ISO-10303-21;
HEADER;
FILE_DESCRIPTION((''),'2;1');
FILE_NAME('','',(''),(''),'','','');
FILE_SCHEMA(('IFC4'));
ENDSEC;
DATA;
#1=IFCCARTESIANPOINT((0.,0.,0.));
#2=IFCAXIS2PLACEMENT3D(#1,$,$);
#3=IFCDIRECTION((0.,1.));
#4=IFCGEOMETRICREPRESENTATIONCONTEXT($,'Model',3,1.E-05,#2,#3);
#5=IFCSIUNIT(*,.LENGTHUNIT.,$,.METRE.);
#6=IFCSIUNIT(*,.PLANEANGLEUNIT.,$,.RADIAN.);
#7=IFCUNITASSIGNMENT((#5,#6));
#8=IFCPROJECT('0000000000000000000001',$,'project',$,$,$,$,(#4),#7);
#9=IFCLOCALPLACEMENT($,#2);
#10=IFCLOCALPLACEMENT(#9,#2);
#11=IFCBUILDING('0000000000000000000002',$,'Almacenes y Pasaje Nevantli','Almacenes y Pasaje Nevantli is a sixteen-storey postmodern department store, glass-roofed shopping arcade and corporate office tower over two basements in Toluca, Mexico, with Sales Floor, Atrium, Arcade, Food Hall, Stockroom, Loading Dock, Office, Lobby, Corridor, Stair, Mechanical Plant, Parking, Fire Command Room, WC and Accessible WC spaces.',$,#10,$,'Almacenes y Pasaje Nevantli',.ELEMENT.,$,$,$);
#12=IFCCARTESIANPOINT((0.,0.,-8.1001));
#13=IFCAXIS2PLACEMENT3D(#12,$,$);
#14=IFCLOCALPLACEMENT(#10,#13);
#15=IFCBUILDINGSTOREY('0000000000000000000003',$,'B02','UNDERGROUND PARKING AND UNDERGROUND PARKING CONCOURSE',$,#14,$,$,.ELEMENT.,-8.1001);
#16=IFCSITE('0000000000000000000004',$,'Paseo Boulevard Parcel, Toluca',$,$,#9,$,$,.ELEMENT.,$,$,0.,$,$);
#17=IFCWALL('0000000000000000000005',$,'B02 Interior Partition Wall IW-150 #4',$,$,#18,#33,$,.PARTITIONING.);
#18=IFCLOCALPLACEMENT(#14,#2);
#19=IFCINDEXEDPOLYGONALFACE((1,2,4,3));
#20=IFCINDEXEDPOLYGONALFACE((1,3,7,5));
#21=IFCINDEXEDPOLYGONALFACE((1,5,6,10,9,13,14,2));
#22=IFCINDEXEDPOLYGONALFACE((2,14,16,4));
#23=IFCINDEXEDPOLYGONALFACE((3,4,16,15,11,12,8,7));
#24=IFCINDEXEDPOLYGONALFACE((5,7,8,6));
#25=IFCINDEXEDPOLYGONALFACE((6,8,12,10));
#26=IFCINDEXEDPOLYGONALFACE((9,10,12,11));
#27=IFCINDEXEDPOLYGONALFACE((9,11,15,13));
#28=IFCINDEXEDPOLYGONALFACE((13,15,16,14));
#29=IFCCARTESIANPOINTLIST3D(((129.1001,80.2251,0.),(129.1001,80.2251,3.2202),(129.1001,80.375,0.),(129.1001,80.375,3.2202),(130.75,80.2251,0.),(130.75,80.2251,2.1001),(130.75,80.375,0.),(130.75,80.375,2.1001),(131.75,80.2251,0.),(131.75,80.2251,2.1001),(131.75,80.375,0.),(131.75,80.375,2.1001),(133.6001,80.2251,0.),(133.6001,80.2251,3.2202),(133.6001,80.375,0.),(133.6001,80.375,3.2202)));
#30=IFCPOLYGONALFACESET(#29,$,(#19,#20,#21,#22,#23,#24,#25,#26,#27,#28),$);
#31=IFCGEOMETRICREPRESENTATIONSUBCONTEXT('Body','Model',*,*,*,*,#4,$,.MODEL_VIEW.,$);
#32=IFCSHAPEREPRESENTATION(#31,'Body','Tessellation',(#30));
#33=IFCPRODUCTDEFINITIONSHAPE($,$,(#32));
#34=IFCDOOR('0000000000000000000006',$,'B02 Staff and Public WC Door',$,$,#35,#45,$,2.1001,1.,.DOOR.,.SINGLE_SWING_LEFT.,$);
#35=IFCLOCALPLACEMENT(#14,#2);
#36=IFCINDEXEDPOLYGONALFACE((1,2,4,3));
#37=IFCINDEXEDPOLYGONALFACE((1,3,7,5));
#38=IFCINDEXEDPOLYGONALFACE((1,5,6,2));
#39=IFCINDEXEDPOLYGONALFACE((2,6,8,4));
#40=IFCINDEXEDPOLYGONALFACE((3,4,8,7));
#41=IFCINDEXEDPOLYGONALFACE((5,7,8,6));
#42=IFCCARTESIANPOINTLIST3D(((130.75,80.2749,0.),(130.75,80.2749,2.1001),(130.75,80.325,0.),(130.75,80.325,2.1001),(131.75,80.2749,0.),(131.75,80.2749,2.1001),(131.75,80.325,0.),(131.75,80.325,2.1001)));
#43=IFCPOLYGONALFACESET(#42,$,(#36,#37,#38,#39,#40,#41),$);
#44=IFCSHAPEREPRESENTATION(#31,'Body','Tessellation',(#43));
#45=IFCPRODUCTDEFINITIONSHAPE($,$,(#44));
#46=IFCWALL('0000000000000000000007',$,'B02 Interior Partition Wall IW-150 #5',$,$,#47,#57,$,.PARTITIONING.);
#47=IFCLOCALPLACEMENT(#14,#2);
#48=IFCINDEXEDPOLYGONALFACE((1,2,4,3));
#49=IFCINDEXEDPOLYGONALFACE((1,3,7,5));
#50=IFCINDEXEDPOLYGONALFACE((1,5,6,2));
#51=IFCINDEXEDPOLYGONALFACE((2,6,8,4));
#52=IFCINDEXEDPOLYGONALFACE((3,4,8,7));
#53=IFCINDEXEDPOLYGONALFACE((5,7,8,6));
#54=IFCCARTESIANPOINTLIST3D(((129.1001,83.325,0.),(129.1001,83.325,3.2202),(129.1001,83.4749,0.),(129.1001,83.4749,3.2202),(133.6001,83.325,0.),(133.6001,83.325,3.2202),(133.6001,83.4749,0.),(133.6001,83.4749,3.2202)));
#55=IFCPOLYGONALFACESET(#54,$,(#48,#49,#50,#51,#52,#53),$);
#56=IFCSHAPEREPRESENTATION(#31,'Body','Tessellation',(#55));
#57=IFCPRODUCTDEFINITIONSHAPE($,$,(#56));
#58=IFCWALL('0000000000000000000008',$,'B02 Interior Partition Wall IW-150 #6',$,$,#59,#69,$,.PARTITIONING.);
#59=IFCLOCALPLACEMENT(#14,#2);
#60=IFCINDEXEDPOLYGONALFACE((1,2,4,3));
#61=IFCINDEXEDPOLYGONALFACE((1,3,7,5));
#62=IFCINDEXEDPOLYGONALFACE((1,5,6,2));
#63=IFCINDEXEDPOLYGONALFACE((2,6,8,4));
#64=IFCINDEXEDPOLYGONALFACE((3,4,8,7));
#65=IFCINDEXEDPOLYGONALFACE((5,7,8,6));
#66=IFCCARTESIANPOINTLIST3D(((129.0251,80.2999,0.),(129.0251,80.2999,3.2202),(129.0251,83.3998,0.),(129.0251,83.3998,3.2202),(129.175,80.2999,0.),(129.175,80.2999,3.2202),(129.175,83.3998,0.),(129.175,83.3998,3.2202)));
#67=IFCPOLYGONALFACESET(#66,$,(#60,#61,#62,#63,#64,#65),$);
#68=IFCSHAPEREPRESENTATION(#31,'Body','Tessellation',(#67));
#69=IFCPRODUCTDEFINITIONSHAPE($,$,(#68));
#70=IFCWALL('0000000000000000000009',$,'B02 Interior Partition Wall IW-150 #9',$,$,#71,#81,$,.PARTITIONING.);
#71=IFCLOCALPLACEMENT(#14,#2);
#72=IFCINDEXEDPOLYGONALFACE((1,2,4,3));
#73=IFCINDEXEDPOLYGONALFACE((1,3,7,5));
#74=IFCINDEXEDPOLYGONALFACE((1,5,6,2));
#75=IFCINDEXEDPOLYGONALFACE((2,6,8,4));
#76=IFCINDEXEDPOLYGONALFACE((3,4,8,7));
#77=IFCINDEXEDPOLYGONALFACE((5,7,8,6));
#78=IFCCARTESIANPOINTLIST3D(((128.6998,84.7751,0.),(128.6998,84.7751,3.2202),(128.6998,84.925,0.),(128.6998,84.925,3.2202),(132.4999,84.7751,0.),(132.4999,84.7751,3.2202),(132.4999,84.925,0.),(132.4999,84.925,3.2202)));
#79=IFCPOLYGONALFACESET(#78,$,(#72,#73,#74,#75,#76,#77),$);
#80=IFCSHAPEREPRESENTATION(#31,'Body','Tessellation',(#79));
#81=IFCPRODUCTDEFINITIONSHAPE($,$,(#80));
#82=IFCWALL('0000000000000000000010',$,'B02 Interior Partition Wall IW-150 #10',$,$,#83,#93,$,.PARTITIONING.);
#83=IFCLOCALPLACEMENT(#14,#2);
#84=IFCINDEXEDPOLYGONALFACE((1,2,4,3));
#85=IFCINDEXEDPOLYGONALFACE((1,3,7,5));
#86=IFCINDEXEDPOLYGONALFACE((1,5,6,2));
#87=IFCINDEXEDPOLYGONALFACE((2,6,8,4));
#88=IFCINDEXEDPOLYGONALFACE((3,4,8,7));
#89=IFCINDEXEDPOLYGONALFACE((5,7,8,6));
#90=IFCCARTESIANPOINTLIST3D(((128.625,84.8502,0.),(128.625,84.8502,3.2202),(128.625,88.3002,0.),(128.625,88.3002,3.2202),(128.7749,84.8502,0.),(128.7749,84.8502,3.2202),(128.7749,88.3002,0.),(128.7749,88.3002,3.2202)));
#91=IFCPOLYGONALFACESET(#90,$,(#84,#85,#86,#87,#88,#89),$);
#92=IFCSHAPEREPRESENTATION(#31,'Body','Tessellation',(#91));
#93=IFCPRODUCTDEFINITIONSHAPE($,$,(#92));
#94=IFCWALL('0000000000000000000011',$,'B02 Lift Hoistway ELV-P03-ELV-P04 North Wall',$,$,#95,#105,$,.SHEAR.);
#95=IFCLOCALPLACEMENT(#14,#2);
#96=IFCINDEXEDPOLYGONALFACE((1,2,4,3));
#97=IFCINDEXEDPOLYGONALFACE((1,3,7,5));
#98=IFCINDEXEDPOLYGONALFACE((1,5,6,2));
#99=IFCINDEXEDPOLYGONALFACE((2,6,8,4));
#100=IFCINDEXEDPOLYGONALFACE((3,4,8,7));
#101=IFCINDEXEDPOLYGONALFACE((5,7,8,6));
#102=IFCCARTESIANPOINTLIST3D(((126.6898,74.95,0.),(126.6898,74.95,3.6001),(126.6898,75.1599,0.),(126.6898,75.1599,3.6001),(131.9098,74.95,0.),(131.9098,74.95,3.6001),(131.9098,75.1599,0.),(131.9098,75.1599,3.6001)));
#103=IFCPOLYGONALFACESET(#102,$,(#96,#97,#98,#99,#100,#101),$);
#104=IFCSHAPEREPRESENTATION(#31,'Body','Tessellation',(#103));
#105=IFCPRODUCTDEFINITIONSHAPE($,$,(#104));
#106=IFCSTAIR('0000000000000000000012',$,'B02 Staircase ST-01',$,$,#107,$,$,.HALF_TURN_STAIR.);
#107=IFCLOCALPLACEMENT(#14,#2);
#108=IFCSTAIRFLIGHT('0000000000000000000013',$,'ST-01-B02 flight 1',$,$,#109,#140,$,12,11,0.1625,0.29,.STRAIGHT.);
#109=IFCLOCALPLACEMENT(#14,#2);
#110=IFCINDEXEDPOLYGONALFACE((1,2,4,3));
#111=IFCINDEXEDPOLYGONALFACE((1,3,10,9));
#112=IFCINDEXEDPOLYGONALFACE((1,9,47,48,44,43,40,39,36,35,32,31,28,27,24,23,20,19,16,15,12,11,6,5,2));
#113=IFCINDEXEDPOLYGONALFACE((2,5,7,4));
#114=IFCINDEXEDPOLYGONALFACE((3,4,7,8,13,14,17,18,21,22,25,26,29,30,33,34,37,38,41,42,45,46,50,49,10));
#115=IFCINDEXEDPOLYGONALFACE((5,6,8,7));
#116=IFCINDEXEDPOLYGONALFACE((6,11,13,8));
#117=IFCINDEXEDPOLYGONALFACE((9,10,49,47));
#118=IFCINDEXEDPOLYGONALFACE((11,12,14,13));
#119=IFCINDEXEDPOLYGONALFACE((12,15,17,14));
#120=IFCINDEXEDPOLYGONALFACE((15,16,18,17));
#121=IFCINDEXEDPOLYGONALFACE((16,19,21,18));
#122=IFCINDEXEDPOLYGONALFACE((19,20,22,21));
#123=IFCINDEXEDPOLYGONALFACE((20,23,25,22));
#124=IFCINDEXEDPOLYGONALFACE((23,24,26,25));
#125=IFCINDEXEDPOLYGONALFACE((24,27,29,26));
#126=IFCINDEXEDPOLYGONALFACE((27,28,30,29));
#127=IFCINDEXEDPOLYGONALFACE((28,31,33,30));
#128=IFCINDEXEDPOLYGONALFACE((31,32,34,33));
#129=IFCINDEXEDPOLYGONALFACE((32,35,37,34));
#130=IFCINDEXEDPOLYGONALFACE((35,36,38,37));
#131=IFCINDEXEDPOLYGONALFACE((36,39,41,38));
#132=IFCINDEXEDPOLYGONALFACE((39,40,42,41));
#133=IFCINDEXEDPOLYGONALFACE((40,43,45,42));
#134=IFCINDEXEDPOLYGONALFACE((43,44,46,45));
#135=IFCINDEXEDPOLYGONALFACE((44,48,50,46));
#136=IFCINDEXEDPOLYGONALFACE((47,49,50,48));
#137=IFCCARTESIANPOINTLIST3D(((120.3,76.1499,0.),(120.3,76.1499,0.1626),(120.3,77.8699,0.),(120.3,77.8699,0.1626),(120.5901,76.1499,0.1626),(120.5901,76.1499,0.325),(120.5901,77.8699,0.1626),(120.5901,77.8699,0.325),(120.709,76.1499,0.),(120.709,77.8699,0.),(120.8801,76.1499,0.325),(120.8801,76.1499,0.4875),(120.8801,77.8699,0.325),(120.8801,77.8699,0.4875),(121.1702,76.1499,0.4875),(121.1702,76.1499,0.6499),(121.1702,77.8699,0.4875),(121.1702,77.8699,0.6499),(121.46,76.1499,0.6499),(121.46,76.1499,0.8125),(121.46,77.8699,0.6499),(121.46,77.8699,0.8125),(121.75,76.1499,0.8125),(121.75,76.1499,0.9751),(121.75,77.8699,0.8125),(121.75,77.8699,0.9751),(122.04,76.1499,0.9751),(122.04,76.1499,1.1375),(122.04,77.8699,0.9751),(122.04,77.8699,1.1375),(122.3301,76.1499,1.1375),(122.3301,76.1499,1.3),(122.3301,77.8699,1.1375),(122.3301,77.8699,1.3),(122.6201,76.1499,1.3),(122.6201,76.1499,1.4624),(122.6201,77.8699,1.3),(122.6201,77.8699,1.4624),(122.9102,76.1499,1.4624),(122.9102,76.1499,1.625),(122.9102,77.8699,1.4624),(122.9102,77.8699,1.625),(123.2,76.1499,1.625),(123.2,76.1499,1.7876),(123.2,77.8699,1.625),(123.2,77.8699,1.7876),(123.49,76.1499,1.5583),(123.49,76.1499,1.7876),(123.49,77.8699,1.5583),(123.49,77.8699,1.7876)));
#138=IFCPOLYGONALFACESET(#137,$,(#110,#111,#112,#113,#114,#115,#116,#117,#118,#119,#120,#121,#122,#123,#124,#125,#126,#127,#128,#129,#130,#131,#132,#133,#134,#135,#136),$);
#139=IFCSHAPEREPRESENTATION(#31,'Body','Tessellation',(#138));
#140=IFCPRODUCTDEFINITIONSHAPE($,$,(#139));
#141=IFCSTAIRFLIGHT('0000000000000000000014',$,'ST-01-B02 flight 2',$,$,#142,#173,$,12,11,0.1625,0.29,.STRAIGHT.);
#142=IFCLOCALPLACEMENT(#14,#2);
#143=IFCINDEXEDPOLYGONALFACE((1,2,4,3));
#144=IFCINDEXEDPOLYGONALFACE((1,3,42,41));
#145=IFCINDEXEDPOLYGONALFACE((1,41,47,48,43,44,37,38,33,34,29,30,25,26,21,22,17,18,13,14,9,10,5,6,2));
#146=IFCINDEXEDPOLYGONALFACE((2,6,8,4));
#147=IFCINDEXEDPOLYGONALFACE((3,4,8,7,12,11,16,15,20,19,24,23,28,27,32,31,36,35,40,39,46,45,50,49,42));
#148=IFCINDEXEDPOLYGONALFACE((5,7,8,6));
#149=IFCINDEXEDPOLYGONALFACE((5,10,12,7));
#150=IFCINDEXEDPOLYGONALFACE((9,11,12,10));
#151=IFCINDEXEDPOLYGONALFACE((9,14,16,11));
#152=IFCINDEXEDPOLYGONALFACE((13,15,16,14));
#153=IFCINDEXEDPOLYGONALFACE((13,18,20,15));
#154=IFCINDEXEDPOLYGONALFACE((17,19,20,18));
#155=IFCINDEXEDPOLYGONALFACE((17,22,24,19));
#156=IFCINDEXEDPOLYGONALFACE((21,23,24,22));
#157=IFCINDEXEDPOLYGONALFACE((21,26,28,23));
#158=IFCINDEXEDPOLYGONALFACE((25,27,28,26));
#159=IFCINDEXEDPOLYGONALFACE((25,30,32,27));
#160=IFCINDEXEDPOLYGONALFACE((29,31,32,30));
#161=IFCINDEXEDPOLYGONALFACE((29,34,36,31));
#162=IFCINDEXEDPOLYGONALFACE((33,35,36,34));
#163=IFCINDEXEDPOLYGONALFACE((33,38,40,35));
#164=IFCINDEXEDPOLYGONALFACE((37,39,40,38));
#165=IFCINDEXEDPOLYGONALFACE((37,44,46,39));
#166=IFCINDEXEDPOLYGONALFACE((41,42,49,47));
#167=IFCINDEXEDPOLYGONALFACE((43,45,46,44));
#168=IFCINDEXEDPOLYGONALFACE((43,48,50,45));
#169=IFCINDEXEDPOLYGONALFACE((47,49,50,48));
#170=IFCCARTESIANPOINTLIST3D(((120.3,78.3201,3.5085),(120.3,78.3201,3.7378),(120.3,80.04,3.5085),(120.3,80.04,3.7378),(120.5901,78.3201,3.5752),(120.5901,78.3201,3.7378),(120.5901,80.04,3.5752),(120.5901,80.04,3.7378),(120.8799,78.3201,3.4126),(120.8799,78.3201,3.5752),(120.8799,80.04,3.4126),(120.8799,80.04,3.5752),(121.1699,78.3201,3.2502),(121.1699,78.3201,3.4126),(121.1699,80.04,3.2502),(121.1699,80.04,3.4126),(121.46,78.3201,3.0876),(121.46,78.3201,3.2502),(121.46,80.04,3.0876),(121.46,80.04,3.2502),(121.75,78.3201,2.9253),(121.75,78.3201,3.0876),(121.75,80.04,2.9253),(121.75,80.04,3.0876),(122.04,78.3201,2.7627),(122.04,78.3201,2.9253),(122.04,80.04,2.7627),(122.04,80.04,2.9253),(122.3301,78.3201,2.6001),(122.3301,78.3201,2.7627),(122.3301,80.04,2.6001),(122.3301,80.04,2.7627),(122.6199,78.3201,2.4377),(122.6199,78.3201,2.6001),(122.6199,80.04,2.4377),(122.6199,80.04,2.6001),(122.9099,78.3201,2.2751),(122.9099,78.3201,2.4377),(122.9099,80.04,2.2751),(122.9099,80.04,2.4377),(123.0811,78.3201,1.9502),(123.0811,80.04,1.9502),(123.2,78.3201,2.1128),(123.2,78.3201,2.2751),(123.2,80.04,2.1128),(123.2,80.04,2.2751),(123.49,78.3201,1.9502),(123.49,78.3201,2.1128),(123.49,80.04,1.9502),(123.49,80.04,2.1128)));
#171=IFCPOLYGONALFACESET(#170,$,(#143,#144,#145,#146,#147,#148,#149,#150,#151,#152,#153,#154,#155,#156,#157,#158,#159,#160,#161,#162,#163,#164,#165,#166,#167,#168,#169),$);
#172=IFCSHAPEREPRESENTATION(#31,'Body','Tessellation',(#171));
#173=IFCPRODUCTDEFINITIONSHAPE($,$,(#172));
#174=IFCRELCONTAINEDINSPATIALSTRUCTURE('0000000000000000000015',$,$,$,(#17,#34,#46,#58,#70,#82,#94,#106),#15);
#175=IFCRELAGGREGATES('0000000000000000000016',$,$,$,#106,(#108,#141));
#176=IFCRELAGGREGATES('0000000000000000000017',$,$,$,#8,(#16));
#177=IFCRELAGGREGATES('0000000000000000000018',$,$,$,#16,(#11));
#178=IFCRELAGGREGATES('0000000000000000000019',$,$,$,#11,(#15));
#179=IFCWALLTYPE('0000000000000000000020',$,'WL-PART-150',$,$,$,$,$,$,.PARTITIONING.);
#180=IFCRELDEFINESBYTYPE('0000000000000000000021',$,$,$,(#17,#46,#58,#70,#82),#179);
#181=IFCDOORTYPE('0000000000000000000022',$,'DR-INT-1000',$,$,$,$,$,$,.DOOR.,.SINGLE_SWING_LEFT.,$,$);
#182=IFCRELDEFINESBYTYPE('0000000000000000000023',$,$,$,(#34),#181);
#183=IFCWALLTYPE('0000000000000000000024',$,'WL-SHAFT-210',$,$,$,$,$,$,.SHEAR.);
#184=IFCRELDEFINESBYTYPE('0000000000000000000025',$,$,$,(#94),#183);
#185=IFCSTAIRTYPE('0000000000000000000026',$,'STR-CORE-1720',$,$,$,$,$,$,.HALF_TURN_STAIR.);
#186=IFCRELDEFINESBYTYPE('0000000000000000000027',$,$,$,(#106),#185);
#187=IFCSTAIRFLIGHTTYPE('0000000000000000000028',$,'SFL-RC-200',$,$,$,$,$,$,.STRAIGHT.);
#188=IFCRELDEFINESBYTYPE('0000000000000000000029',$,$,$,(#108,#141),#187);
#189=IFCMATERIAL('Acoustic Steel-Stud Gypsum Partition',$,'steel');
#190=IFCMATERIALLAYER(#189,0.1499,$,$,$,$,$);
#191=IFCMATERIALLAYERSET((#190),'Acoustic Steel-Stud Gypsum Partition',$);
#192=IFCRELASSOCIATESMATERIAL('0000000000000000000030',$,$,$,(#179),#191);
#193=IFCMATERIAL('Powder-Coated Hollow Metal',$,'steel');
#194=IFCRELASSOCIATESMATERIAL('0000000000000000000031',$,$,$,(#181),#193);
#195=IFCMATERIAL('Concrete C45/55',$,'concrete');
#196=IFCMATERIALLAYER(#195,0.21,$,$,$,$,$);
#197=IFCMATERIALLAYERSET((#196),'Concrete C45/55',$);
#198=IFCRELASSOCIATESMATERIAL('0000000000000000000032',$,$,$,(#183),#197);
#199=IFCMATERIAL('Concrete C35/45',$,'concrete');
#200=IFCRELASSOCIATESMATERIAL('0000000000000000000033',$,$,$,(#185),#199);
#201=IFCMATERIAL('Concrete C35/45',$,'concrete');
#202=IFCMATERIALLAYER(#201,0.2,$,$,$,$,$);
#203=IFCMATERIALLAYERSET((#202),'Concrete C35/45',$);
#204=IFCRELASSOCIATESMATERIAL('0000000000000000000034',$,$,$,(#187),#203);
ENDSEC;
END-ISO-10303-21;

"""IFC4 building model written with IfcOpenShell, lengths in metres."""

from ifc_helpers import new_model, si_unit, direction, frame, frame_2d, origin, place, context, subcontext, project, spatial, polyline, rectangle, outline, extrude, material, layer, layer_set, type_object, element, fill, aggregate, save


model = new_model("IFC4")

# Units and contexts
model_context = context("Model", 3, precision=1e-05, world=origin(), true_north=direction((0.0, 1.0)))
body_context = subcontext(model_context, "Body", "Model", "MODEL_VIEW")
ifc_project = project(units=[si_unit("LENGTHUNIT", "METRE"), si_unit("PLANEANGLEUNIT", "RADIAN")], contexts=[model_context])

# Site, building, storey
site_placement = place(None, origin())
site = spatial("IfcSite", under=ifc_project, at=site_placement, Name="Paseo Boulevard Parcel, Toluca", CompositionType="ELEMENT", RefElevation=0.0)
building_placement = place(site_placement, origin())
building = spatial("IfcBuilding", under=site, at=building_placement, Name="Almacenes y Pasaje Nevantli", Description="Almacenes y Pasaje Nevantli is a sixteen-storey postmodern department store, glass-roofed shopping arcade and corporate office tower over two basements in Toluca, Mexico, with Sales Floor, Atrium, Arcade, Food Hall, Stockroom, Loading Dock, Office, Lobby, Corridor, Stair, Mechanical Plant, Parking, Fire Command Room, WC and Accessible WC spaces.", LongName="Almacenes y Pasaje Nevantli", CompositionType="ELEMENT")
storey_placement = place(building_placement, frame((0.0, 0.0, -8.1001)))
storey = spatial("IfcBuildingStorey", under=building, at=storey_placement, Name="B02", Description="UNDERGROUND PARKING AND UNDERGROUND PARKING CONCOURSE", CompositionType="ELEMENT", Elevation=-8.1001)

# Wall, opening, door
ifc_material_1 = material(Name="Acoustic Steel-Stud Gypsum Partition", Category="steel")
ifc_layer_1 = layer(ifc_material_1, 0.1499)
ifc_layer_set_1 = layer_set([ifc_layer_1], Name="Acoustic Steel-Stud Gypsum Partition")
wall_type_1 = type_object("IfcWallType", Name="WL-PART-150", PredefinedType="PARTITIONING", material=ifc_layer_set_1)
wall_1_placement = place(storey_placement, frame((129.1001, 80.3, 0.0), z_axis=(0.0, 0.0, 1.0), x_axis=(1.0, 0.0, 0.0)))
wall_1 = element("IfcWall", 1, at=wall_1_placement, inside=storey, type_object=wall_type_1, Name="B02 Interior Partition Wall IW-150 #4", PredefinedType="PARTITIONING", context=body_context, shape_type="SweptSolid", body=[
    extrude(rectangle(XDim=4.5, YDim=0.1499, at=frame_2d((2.25, 0.0))), origin(), (0.0, 0.0, 1.0), 3.2202),
])
opening_1_placement = place(wall_1_placement, frame((1.6499, 0.0, 0.0)))
opening_1 = element("IfcOpeningElement", 2, at=opening_1_placement, cuts=wall_1, PredefinedType="OPENING", context=body_context, shape_type="SweptSolid", body=[
    extrude(rectangle(XDim=1.0, YDim=2.1001, at=frame_2d((0.5, 1.05))), frame((0.0, 0.085, 0.0), z_axis=(0.0, -1.0, 0.0), x_axis=(1.0, 0.0, 0.0)), (0.0, 0.0, 1.0), 0.1699),
])
ifc_material_2 = material(Name="Powder-Coated Hollow Metal", Category="steel")
door_type_1 = type_object("IfcDoorType", Name="DR-INT-1000", OperationType="SINGLE_SWING_LEFT", PredefinedType="DOOR", material=ifc_material_2)
door_1_placement = place(opening_1_placement, origin())
door_1 = element("IfcDoor", 3, at=door_1_placement, inside=storey, type_object=door_type_1, Name="B02 Staff and Public WC Door", OperationType="SINGLE_SWING_LEFT", OverallHeight=2.1001, OverallWidth=1.0, PredefinedType="DOOR", context=body_context, shape_type="SweptSolid", body=[
    extrude(rectangle(XDim=1.0, YDim=2.1001, at=frame_2d((0.5, 1.05))), frame((0.0, 0.0249, 0.0), z_axis=(0.0, -1.0, 0.0), x_axis=(1.0, 0.0, 0.0)), (0.0, 0.0, 1.0), 0.05),
])
fill(opening_1, door_1)

# Walls
wall_2_placement = place(storey_placement, frame((129.1001, 83.3999, 0.0), z_axis=(0.0, 0.0, 1.0), x_axis=(1.0, 0.0, 0.0)))
element("IfcWall", 4, at=wall_2_placement, inside=storey, type_object=wall_type_1, Name="B02 Interior Partition Wall IW-150 #5", PredefinedType="PARTITIONING", context=body_context, shape_type="SweptSolid", body=[
    extrude(rectangle(XDim=4.5, YDim=0.1499, at=frame_2d((2.25, 0.0))), origin(), (0.0, 0.0, 1.0), 3.2202),
])
wall_3_placement = place(storey_placement, frame((129.1001, 80.3, 0.0), z_axis=(0.0, 0.0, 1.0), x_axis=(0.0, 1.0, 0.0)))
element("IfcWall", 5, at=wall_3_placement, inside=storey, type_object=wall_type_1, Name="B02 Interior Partition Wall IW-150 #6", PredefinedType="PARTITIONING", context=body_context, shape_type="SweptSolid", body=[
    extrude(rectangle(XDim=3.0999, YDim=0.1499, at=frame_2d((1.5498, 0.0))), origin(), (0.0, 0.0, 1.0), 3.2202),
])

# Walls
wall_4_placement = place(storey_placement, frame((128.7, 84.8501, 0.0), z_axis=(0.0, 0.0, 1.0), x_axis=(1.0, 0.0, 0.0)))
element("IfcWall", 6, at=wall_4_placement, inside=storey, type_object=wall_type_1, Name="B02 Interior Partition Wall IW-150 #9", PredefinedType="PARTITIONING", context=body_context, shape_type="SweptSolid", body=[
    extrude(rectangle(XDim=3.8, YDim=0.1499, at=frame_2d((1.8999, 0.0))), origin(), (0.0, 0.0, 1.0), 3.2202),
])
wall_5_placement = place(storey_placement, frame((128.7, 84.8501, 0.0), z_axis=(0.0, 0.0, 1.0), x_axis=(0.0, 1.0, 0.0)))
element("IfcWall", 7, at=wall_5_placement, inside=storey, type_object=wall_type_1, Name="B02 Interior Partition Wall IW-150 #10", PredefinedType="PARTITIONING", context=body_context, shape_type="SweptSolid", body=[
    extrude(rectangle(XDim=3.45, YDim=0.1499, at=frame_2d((1.7251, 0.0))), origin(), (0.0, 0.0, 1.0), 3.2202),
])
ifc_material_3 = material(Name="Concrete C45/55", Category="concrete")
ifc_layer_2 = layer(ifc_material_3, 0.21)
ifc_layer_set_2 = layer_set([ifc_layer_2], Name="Concrete C45/55")
wall_type_2 = type_object("IfcWallType", Name="WL-SHAFT-210", PredefinedType="SHEAR", material=ifc_layer_set_2)
wall_6_placement = place(storey_placement, frame((126.6899, 75.0549, 0.0), z_axis=(0.0, 0.0, 1.0), x_axis=(1.0, 0.0, 0.0)))
element("IfcWall", 8, at=wall_6_placement, inside=storey, type_object=wall_type_2, Name="B02 Lift Hoistway ELV-P03-ELV-P04 North Wall", PredefinedType="SHEAR", context=body_context, shape_type="SweptSolid", body=[
    extrude(rectangle(XDim=5.22, YDim=0.21, at=frame_2d((2.6099, 0.0))), origin(), (0.0, 0.0, 1.0), 3.6001),
])

# Stair, stair flights
ifc_material_4 = material(Name="Concrete C35/45", Category="concrete")
stair_type = type_object("IfcStairType", Name="STR-CORE-1720", PredefinedType="HALF_TURN_STAIR", material=ifc_material_4)
stair_placement = place(storey_placement, origin())
stair = element("IfcStair", 9, at=stair_placement, inside=storey, type_object=stair_type, Name="B02 Staircase ST-01", PredefinedType="HALF_TURN_STAIR")
ifc_material_5 = material(Name="Concrete C35/45", Category="concrete")
ifc_layer_3 = layer(ifc_material_5, 0.2)
ifc_layer_set_3 = layer_set([ifc_layer_3], Name="Concrete C35/45")
stair_flight_type = type_object("IfcStairFlightType", Name="SFL-RC-200", PredefinedType="STRAIGHT", material=ifc_layer_set_3)
stair_flight_1_placement = place(storey_placement, frame((120.3, 77.01, 0.0), z_axis=(0.0, 0.0, 1.0), x_axis=(1.0, 0.0, 0.0)))
stair_flight_1 = element("IfcStairFlight", 10, at=stair_flight_1_placement, type_object=stair_flight_type, Name="ST-01-B02 flight 1", NumberOfRisers=12, NumberOfTreads=11, PredefinedType="STRAIGHT", RiserHeight=0.1625, TreadLength=0.29, context=body_context, shape_type="SweptSolid", body=[
    extrude(outline(polyline([(0.0, 0.0), (0.0, 0.1626), (0.29, 0.1626), (0.29, 0.325), (0.5801, 0.325), (0.5801, 0.4875), (0.8701, 0.4875), (0.8701, 0.6499), (1.1599, 0.6499), (1.1599, 0.8125), (1.45, 0.8125), (1.45, 0.9751), (1.74, 0.9751), (1.74, 1.1375), (2.03, 1.1375), (2.03, 1.3), (2.3201, 1.3), (2.3201, 1.4624), (2.6101, 1.4624), (2.6101, 1.625), (2.8999, 1.625), (2.8999, 1.7876), (3.1899, 1.7876), (3.1899, 1.95), (3.1899, 1.5583), (0.4089, 0.0), (0.0, 0.0)])), frame((0.0, 0.8599, 0.0), z_axis=(0.0, -1.0, 0.0), x_axis=(1.0, 0.0, 0.0)), (0.0, 0.0, 1.0), 1.72),
])
stair_flight_2_placement = place(storey_placement, frame((123.49, 79.1799, 1.9502), z_axis=(0.0, 0.0, 1.0), x_axis=(-1.0, 0.0, 0.0)))
stair_flight_2 = element("IfcStairFlight", 11, at=stair_flight_2_placement, type_object=stair_flight_type, Name="ST-01-B02 flight 2", NumberOfRisers=12, NumberOfTreads=11, PredefinedType="STRAIGHT", RiserHeight=0.1625, TreadLength=0.29, context=body_context, shape_type="SweptSolid", body=[
    extrude(outline(polyline([(0.0, 0.0), (0.0, 0.1626), (0.29, 0.1626), (0.29, 0.325), (0.5801, 0.325), (0.5801, 0.4875), (0.8701, 0.4875), (0.8701, 0.6499), (1.1599, 0.6499), (1.1599, 0.8125), (1.45, 0.8125), (1.45, 0.9751), (1.74, 0.9751), (1.74, 1.1375), (2.03, 1.1375), (2.03, 1.3), (2.3201, 1.3), (2.3201, 1.4624), (2.6101, 1.4624), (2.6101, 1.625), (2.8999, 1.625), (2.8999, 1.7876), (3.1899, 1.7876), (3.1899, 1.95), (3.1899, 1.5583), (0.4089, 0.0), (0.0, 0.0)])), frame((0.0, 0.8599, 0.0), z_axis=(0.0, -1.0, 0.0), x_axis=(1.0, 0.0, 0.0)), (0.0, 0.0, 1.0), 1.72),
])
aggregate(stair, [stair_flight_1, stair_flight_2])

save(model, "model.ifc")
